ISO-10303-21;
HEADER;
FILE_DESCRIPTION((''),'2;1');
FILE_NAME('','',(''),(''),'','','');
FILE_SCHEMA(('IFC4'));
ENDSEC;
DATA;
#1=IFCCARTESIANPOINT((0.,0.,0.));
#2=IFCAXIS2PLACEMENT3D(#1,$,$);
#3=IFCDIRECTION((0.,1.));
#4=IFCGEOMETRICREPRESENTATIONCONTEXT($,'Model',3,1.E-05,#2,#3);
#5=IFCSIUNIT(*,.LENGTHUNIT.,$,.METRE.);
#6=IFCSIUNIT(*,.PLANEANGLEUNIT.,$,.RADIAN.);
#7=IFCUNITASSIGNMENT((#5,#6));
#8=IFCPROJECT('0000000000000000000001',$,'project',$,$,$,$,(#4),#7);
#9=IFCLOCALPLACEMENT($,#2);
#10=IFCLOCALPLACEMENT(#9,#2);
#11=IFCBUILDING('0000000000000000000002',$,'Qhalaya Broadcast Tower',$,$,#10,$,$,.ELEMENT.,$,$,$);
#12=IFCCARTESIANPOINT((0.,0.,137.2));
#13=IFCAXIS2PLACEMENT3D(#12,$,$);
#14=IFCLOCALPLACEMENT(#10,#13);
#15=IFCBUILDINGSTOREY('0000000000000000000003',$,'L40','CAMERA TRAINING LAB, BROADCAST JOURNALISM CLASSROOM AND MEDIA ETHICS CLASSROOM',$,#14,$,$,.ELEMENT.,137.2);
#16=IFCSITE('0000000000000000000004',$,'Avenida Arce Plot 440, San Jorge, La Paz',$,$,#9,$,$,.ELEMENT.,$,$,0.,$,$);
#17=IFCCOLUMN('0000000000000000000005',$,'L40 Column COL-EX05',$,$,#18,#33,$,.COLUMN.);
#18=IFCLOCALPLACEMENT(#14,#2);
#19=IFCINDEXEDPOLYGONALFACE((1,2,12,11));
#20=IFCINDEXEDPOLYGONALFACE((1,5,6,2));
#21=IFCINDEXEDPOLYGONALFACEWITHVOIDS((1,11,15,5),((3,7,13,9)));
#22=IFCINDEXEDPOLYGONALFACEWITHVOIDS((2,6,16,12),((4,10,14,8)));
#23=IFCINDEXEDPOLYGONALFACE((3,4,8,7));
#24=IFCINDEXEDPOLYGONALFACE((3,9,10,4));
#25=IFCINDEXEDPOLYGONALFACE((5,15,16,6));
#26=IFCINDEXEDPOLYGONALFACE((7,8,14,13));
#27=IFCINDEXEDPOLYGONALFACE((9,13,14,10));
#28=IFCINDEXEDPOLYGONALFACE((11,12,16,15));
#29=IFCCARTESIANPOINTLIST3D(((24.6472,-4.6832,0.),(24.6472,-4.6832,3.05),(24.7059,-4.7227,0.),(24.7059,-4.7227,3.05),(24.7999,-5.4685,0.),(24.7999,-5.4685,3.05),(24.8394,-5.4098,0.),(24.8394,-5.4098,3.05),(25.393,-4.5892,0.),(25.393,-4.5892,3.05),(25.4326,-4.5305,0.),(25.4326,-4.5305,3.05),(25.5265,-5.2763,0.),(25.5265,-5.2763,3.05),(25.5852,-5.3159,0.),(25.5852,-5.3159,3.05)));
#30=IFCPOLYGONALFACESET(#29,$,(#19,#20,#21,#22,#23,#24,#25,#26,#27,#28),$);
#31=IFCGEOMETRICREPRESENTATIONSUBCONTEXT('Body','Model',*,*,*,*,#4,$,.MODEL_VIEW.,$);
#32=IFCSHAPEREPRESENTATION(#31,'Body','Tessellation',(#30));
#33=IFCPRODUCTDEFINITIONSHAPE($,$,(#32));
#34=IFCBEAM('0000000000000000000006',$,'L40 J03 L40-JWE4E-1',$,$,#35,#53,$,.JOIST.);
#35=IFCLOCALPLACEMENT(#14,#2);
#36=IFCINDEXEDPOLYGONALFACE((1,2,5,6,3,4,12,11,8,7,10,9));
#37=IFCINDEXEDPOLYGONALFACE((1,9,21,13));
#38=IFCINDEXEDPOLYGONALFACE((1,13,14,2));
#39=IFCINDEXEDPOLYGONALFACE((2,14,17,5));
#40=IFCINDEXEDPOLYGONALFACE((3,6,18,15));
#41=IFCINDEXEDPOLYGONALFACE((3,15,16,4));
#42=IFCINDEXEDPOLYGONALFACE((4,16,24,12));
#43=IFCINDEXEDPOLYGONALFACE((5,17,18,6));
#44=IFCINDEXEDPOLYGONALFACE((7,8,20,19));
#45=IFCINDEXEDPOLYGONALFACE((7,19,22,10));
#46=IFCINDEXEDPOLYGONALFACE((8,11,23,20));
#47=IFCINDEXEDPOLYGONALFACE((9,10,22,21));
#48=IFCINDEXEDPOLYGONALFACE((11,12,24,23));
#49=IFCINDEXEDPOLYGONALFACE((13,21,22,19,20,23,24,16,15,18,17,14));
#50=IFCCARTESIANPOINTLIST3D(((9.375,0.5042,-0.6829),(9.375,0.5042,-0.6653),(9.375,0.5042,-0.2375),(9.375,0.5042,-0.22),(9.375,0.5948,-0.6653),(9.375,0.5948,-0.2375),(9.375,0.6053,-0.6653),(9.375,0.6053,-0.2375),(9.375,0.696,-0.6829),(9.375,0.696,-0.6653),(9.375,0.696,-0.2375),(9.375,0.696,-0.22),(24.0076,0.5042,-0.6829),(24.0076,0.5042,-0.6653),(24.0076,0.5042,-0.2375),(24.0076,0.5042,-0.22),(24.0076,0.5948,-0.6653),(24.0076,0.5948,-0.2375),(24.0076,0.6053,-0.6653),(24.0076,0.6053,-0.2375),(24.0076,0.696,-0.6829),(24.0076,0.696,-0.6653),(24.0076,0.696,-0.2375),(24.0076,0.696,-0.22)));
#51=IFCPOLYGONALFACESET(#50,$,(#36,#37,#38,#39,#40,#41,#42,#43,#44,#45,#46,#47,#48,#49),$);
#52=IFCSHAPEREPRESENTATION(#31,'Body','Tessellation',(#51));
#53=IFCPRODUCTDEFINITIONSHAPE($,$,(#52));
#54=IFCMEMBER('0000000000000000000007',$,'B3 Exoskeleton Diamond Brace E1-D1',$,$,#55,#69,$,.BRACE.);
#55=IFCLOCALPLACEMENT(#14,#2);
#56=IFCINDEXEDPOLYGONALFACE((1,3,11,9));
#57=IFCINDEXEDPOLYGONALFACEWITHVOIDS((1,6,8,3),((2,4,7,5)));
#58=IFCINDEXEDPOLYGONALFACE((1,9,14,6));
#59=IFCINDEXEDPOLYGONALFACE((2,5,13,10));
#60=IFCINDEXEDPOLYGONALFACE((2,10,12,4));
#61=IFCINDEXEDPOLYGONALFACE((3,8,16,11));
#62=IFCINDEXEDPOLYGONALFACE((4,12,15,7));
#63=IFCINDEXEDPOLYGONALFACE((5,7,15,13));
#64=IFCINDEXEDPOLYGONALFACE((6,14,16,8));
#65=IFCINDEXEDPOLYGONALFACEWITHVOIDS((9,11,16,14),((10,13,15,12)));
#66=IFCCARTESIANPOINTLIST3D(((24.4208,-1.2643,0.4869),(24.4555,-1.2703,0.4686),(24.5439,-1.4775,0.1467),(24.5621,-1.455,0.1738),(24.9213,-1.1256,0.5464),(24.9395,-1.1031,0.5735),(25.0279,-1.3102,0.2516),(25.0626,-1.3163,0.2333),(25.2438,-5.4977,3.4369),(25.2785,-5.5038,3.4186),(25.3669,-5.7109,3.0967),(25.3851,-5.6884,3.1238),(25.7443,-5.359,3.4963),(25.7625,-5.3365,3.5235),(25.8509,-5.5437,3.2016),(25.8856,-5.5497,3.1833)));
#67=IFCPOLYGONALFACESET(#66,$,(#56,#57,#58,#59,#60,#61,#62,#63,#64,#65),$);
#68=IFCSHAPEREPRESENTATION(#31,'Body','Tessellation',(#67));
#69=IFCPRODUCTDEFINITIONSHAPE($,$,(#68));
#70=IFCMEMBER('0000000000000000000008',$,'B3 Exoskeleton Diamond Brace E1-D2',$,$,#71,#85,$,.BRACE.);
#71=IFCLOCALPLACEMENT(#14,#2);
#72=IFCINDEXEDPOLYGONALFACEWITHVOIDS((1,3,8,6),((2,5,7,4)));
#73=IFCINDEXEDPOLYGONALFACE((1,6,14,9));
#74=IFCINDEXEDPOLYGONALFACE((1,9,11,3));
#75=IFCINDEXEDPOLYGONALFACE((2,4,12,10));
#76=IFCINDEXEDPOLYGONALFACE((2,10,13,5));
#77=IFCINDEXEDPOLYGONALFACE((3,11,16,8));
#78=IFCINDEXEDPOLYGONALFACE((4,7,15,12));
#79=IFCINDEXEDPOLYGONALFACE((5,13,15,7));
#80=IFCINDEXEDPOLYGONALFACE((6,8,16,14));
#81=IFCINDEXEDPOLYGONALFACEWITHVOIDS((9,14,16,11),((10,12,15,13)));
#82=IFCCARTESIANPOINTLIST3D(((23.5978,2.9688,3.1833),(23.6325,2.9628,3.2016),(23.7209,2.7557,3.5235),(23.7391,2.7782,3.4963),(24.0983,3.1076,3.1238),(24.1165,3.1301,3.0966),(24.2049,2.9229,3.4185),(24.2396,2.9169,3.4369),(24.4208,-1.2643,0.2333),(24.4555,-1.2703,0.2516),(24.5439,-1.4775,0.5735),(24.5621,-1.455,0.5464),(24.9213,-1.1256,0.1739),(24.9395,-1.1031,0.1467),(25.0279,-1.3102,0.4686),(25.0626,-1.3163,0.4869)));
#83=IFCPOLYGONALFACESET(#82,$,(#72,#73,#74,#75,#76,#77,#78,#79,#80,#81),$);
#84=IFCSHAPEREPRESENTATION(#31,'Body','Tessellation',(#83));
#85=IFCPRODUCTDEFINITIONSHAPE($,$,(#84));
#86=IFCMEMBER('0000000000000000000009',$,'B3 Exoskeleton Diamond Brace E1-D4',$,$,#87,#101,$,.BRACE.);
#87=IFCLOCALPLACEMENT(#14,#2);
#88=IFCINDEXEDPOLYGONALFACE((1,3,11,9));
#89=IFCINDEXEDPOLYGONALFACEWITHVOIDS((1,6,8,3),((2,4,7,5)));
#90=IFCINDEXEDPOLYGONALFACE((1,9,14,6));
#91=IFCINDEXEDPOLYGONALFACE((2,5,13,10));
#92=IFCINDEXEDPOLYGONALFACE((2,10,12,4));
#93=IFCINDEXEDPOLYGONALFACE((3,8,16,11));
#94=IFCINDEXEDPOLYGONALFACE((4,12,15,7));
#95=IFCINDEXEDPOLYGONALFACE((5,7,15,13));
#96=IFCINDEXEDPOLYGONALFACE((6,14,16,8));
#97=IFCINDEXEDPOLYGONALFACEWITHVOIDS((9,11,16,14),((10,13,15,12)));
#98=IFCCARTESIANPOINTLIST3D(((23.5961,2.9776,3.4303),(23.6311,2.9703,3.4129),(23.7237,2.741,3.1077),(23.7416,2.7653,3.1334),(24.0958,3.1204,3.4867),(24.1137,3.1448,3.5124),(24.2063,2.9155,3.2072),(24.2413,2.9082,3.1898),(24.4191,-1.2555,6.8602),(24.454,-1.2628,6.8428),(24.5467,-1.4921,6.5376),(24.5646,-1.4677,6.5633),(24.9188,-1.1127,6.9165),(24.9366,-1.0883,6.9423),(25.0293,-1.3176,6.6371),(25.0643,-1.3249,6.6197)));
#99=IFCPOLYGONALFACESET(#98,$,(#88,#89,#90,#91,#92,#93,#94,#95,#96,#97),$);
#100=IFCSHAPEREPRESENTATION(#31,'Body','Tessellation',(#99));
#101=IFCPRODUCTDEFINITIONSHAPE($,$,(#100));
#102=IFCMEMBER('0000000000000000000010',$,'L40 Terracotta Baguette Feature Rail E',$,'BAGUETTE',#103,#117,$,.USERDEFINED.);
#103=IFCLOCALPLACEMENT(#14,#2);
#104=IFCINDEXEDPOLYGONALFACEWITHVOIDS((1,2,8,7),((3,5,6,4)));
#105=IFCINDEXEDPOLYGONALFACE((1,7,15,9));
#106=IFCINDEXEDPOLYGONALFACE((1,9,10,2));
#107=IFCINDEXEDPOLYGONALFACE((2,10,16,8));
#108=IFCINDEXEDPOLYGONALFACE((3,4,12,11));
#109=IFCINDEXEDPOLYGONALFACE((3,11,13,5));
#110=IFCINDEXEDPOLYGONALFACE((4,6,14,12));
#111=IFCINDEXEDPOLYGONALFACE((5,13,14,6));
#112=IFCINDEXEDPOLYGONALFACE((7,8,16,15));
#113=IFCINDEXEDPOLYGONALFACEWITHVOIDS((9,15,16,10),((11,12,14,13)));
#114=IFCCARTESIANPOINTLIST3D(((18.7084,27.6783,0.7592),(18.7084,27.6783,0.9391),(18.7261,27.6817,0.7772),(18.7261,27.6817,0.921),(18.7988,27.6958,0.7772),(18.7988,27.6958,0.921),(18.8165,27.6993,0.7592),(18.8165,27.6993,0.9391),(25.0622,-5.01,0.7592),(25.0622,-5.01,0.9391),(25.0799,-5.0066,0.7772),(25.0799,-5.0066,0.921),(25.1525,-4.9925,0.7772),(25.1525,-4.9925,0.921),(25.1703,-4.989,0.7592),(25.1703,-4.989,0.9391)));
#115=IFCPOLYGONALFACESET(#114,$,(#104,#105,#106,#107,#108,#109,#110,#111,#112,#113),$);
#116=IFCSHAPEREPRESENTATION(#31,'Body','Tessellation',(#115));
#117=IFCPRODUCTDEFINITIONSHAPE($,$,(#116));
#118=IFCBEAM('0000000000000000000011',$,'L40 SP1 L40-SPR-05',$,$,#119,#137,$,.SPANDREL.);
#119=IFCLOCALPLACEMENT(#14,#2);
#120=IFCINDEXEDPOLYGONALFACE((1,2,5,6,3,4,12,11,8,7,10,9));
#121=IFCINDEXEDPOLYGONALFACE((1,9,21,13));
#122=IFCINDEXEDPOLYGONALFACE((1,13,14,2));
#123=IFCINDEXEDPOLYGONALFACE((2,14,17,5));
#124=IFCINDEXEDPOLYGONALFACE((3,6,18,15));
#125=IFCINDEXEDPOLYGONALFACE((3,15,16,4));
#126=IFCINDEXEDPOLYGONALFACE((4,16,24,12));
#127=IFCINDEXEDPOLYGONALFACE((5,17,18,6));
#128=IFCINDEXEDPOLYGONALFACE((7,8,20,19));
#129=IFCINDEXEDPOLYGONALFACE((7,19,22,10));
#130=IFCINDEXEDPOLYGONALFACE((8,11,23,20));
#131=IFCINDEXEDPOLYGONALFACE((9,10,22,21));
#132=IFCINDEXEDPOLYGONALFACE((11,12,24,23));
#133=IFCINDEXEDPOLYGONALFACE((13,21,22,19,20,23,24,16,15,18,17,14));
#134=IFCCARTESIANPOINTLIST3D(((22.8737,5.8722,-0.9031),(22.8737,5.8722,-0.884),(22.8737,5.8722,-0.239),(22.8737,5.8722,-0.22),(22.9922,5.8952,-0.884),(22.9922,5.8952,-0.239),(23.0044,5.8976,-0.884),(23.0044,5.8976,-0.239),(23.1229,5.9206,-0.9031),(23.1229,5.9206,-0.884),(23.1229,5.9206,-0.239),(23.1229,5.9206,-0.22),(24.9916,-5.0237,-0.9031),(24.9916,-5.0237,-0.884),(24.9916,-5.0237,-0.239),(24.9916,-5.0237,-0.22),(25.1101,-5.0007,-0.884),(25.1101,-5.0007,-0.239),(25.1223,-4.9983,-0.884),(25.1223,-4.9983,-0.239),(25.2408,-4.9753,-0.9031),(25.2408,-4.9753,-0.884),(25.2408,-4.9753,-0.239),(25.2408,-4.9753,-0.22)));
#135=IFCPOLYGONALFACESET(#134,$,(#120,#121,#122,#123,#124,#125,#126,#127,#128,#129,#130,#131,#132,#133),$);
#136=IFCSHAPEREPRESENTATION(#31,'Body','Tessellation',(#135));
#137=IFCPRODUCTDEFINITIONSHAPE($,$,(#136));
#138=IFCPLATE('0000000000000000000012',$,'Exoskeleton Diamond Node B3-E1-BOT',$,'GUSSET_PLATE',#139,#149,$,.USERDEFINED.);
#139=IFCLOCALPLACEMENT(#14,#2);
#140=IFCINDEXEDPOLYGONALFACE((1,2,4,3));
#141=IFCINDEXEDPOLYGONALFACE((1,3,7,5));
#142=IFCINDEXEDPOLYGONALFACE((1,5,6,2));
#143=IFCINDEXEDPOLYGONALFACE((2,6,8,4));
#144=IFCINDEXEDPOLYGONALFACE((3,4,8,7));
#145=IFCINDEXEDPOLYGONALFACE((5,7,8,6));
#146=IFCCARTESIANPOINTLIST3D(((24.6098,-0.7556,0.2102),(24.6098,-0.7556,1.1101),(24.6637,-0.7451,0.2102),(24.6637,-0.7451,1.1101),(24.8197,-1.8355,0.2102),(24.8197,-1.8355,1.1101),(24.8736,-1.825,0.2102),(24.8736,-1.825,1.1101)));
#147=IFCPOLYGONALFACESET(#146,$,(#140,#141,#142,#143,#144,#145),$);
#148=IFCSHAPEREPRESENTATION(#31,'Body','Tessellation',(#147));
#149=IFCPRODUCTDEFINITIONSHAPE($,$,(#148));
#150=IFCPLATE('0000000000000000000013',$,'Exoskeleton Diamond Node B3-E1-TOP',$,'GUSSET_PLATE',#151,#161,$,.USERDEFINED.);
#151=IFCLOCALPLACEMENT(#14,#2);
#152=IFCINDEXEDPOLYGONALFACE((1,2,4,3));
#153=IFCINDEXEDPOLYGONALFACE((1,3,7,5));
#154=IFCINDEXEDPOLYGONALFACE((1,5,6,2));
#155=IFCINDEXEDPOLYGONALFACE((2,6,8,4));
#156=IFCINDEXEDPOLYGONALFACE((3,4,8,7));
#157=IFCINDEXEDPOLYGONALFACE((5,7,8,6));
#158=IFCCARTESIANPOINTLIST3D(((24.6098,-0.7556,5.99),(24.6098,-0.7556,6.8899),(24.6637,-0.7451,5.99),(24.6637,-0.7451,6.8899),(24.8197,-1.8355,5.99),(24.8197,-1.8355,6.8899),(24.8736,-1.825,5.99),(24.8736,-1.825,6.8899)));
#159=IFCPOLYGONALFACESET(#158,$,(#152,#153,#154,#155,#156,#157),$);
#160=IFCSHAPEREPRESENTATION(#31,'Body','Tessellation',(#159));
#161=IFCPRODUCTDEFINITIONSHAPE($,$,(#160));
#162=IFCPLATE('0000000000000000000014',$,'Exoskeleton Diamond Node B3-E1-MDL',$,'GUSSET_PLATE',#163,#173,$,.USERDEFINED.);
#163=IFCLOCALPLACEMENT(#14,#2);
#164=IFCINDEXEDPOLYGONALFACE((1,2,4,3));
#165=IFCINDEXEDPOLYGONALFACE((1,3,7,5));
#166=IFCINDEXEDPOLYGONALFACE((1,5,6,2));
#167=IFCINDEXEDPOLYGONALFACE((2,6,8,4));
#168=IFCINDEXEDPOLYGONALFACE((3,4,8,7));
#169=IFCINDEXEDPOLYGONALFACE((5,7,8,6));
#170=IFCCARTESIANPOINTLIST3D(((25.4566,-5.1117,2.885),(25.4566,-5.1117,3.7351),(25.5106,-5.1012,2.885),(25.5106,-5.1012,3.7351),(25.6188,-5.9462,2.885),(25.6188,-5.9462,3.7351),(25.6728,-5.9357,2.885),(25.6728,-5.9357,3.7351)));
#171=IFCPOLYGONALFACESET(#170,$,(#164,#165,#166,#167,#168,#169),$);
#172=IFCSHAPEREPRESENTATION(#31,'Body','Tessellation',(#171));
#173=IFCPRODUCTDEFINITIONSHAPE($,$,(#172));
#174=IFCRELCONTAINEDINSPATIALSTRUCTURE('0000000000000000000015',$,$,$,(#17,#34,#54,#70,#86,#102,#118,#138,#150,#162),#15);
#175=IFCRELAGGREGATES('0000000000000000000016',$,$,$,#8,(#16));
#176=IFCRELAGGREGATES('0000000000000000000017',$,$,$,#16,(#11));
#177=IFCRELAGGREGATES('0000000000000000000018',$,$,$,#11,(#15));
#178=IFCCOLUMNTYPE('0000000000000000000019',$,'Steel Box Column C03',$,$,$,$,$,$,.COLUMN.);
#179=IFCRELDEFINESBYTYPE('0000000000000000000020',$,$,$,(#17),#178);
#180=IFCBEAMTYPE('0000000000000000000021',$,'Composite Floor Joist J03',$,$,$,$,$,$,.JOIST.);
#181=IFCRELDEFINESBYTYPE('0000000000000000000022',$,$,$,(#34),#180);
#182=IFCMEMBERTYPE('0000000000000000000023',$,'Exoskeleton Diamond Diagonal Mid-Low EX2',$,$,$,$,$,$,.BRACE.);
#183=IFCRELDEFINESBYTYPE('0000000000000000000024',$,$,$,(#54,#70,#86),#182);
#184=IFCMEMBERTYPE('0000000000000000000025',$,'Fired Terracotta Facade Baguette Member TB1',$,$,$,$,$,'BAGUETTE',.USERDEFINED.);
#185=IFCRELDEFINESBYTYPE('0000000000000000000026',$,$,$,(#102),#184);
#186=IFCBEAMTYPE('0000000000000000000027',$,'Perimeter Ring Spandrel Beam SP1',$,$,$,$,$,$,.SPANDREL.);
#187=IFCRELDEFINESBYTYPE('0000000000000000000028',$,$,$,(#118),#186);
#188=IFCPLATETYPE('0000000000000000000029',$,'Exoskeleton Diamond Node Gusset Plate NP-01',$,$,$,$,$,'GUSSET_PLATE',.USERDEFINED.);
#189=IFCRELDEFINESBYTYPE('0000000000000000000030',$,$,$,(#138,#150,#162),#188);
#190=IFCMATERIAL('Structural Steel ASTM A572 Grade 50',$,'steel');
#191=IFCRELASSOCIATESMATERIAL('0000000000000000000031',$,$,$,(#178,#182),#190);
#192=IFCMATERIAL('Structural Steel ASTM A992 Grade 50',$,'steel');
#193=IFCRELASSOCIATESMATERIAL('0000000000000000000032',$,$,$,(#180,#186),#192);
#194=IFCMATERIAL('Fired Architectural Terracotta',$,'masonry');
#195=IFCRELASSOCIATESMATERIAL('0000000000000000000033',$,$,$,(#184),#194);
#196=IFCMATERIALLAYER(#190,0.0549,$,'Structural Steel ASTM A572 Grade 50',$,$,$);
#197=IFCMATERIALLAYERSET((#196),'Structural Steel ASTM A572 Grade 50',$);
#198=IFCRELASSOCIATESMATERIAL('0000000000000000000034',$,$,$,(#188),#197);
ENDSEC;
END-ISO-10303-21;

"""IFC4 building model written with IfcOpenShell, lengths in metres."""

from ifc_helpers import new_model, si_unit, direction, frame, origin, origin_2d, place, context, subcontext, project, spatial, rectangle, hollow_rectangle, i_section, extrude, material, layer, layer_set, material_profile, profile_set, type_object, element, save


model = new_model("IFC4")

# Units and contexts
model_context = context("Model", 3, precision=1e-05, world=origin(), true_north=direction((0.0, 1.0)))
body_context = subcontext(model_context, "Body", "Model", "MODEL_VIEW")
ifc_project = project(units=[si_unit("LENGTHUNIT", "METRE"), si_unit("PLANEANGLEUNIT", "RADIAN")], contexts=[model_context])

# Site, building, storey
site_placement = place(None, origin())
site = spatial("IfcSite", under=ifc_project, at=site_placement, Name="Avenida Arce Plot 440, San Jorge, La Paz", CompositionType="ELEMENT", RefElevation=0.0)
building_placement = place(site_placement, origin())
building = spatial("IfcBuilding", under=site, at=building_placement, Name="Qhalaya Broadcast Tower", CompositionType="ELEMENT")
storey_placement = place(building_placement, frame((0.0, 0.0, 137.2)))
storey = spatial("IfcBuildingStorey", under=building, at=storey_placement, Name="L40", Description="CAMERA TRAINING LAB, BROADCAST JOURNALISM CLASSROOM AND MEDIA ETHICS CLASSROOM", CompositionType="ELEMENT", Elevation=137.2)

# Column
ifc_material_1 = material(Name="Structural Steel ASTM A572 Grade 50", Category="steel")
ifc_material_profile_1 = material_profile(ifc_material_1, hollow_rectangle(XDim=0.8, YDim=0.8, WallThickness=0.05, at=origin_2d()), Name="BOX 800x800x50")
ifc_profile_set_1 = profile_set([ifc_material_profile_1], Name="Structural Steel ASTM A572 Grade 50")
column_type = type_object("IfcColumnType", Name="Steel Box Column C03", PredefinedType="COLUMN", material=ifc_profile_set_1)
column_placement = place(storey_placement, frame((25.1162, -4.9995, 0.0), z_axis=(0.0, 0.0, 1.0), x_axis=(-0.190809, 0.981627, 0.0)))
element("IfcColumn", 1, at=column_placement, inside=storey, type_object=column_type, Name="L40 Column COL-EX05", PredefinedType="COLUMN", context=body_context, shape_type="SweptSolid", body=[
    extrude(hollow_rectangle(XDim=0.8, YDim=0.8, WallThickness=0.05, at=origin_2d()), origin(), (0.0, 0.0, 1.0), 3.05),
])

# Beam
ifc_material_2 = material(Name="Structural Steel ASTM A992 Grade 50", Category="steel")
ifc_material_profile_2 = material_profile(ifc_material_2, i_section(OverallWidth=0.1919, OverallDepth=0.4629, WebThickness=0.0105, FlangeThickness=0.0176, at=origin_2d()), Name="W18X60")
ifc_profile_set_2 = profile_set([ifc_material_profile_2], Name="Structural Steel ASTM A992 Grade 50")
beam_type_1 = type_object("IfcBeamType", Name="Composite Floor Joist J03", PredefinedType="JOIST", material=ifc_profile_set_2)
beam_1_placement = place(storey_placement, frame((9.375, 0.6001, -0.4514), z_axis=(1.0, 0.0, 0.0), x_axis=(0.0, 1.0, 0.0)))
element("IfcBeam", 2, at=beam_1_placement, inside=storey, type_object=beam_type_1, Name="L40 J03 L40-JWE4E-1", PredefinedType="JOIST", context=body_context, shape_type="SweptSolid", body=[
    extrude(i_section(OverallWidth=0.1919, OverallDepth=0.4629, WebThickness=0.0105, FlangeThickness=0.0176, at=origin_2d()), origin(), (0.0, 0.0, 1.0), 14.6326),
])

# Members
ifc_material_profile_3 = material_profile(ifc_material_1, hollow_rectangle(XDim=0.4199, YDim=0.55, WallThickness=0.0281, at=origin_2d()), Name="BOX 420x550x28")
ifc_profile_set_3 = profile_set([ifc_material_profile_3], Name="Structural Steel ASTM A572 Grade 50")
member_type_1 = type_object("IfcMemberType", Name="Exoskeleton Diamond Diagonal Mid-Low EX2", PredefinedType="BRACE", material=ifc_profile_set_3)
member_1_placement = place(storey_placement, frame((24.7417, -1.2903, 0.3601), z_axis=(0.15751, -0.810211, 0.564578), x_axis=(-0.293063, 0.507607, 0.810215)))
element("IfcMember", 3, at=member_1_placement, inside=storey, type_object=member_type_1, Name="B3 Exoskeleton Diamond Brace E1-D1", PredefinedType="BRACE", context=body_context, shape_type="SweptSolid", body=[
    extrude(hollow_rectangle(XDim=0.4199, YDim=0.55, WallThickness=0.0281, at=origin_2d()), origin(), (0.0, 0.0, 1.0), 5.2251),
])
member_2_placement = place(storey_placement, frame((24.7417, -1.2903, 0.3601), z_axis=(-0.157516, 0.810195, 0.564599), x_axis=(0.293073, -0.507625, 0.810201)))
element("IfcMember", 4, at=member_2_placement, inside=storey, type_object=member_type_1, Name="B3 Exoskeleton Diamond Brace E1-D2", PredefinedType="BRACE", context=body_context, shape_type="SweptSolid", body=[
    extrude(hollow_rectangle(XDim=0.4199, YDim=0.55, WallThickness=0.0281, at=origin_2d()), origin(), (0.0, 0.0, 1.0), 5.2249),
])
member_3_placement = place(storey_placement, frame((23.9187, 2.9429, 3.3101), z_axis=(0.149361, -0.768252, 0.622479), x_axis=(-0.303916, 0.563397, 0.768257)))
element("IfcMember", 5, at=member_3_placement, inside=storey, type_object=member_type_1, Name="B3 Exoskeleton Diamond Brace E1-D4", PredefinedType="BRACE", context=body_context, shape_type="SweptSolid", body=[
    extrude(hollow_rectangle(XDim=0.4199, YDim=0.55, WallThickness=0.0281, at=origin_2d()), origin(), (0.0, 0.0, 1.0), 5.51),
])
ifc_material_3 = material(Name="Fired Architectural Terracotta", Category="masonry")
ifc_material_profile_4 = material_profile(ifc_material_3, hollow_rectangle(XDim=0.1101, YDim=0.1799, WallThickness=0.0181, at=origin_2d()), Name="TB-BAG 110x180x18")
ifc_profile_set_4 = profile_set([ifc_material_profile_4], Name="Fired Architectural Terracotta")
member_type_2 = type_object("IfcMemberType", Name="Fired Terracotta Facade Baguette Member TB1", ElementType="BAGUETTE", PredefinedType="USERDEFINED", material=ifc_profile_set_4)
member_4_placement = place(storey_placement, frame((25.1162, -4.9995, 0.8491), z_axis=(-0.190804, 0.981628, 0.0), x_axis=(-0.981628, -0.190804, 0.0)))
element("IfcMember", 6, at=member_4_placement, inside=storey, type_object=member_type_2, Name="L40 Terracotta Baguette Feature Rail E", ObjectType="BAGUETTE", PredefinedType="USERDEFINED", context=body_context, shape_type="SweptSolid", body=[
    extrude(hollow_rectangle(XDim=0.1101, YDim=0.1799, WallThickness=0.0181, at=origin_2d()), origin(), (0.0, 0.0, 1.0), 33.3),
])

# Beam
ifc_material_profile_5 = material_profile(ifc_material_2, i_section(OverallWidth=0.2539, OverallDepth=0.6831, WebThickness=0.0125, FlangeThickness=0.019, at=origin_2d()), Name="W27X94")
ifc_profile_set_5 = profile_set([ifc_material_profile_5], Name="Structural Steel ASTM A992 Grade 50")
beam_type_2 = type_object("IfcBeamType", Name="Perimeter Ring Spandrel Beam SP1", PredefinedType="SPANDREL", material=ifc_profile_set_5)
beam_2_placement = place(storey_placement, frame((25.1162, -4.9995, -0.5615), z_axis=(-0.190805, 0.981628, 0.0), x_axis=(-0.981628, -0.190805, 0.0)))
element("IfcBeam", 7, at=beam_2_placement, inside=storey, type_object=beam_type_2, Name="L40 SP1 L40-SPR-05", PredefinedType="SPANDREL", context=body_context, shape_type="SweptSolid", body=[
    extrude(i_section(OverallWidth=0.2539, OverallDepth=0.6831, WebThickness=0.0125, FlangeThickness=0.019, at=origin_2d()), origin(), (0.0, 0.0, 1.0), 11.0999),
])

# Plates
ifc_layer_1 = layer(ifc_material_1, 0.0549, Name="Structural Steel ASTM A572 Grade 50")
ifc_layer_set_1 = layer_set([ifc_layer_1], Name="Structural Steel ASTM A572 Grade 50")
plate_type_1 = type_object("IfcPlateType", Name="Exoskeleton Diamond Node Gusset Plate NP-01", ElementType="GUSSET_PLATE", PredefinedType="USERDEFINED", material=ifc_layer_set_1)
for number, where, z_axis, x_axis, name in (
    (8, (24.7417, -1.2903, 0.2102), (0.0, 0.0, 1.0), (-0.190809, 0.981627, 0.0), "Exoskeleton Diamond Node B3-E1-BOT"),
    (9, (24.7417, -1.2903, 5.99), (0.0, 0.0, 1.0), (-0.190809, 0.981627, 0.0), "Exoskeleton Diamond Node B3-E1-TOP"),
):
    element("IfcPlate", number, at=place(storey_placement, frame(where, z_axis=z_axis, x_axis=x_axis)), inside=storey, type_object=plate_type_1, Name=name, ObjectType="GUSSET_PLATE", PredefinedType="USERDEFINED", context=body_context, shape_type="SweptSolid", body=[
        extrude(rectangle(XDim=1.1001, YDim=0.0549, at=origin_2d()), origin(), (0.0, 0.0, 1.0), 0.8999),
    ])
plate_1_placement = place(storey_placement, frame((25.5647, -5.5237, 2.885), z_axis=(0.0, 0.0, 1.0), x_axis=(-0.190809, 0.981627, 0.0)))
element("IfcPlate", 10, at=plate_1_placement, inside=storey, type_object=plate_type_1, Name="Exoskeleton Diamond Node B3-E1-MDL", ObjectType="GUSSET_PLATE", PredefinedType="USERDEFINED", context=body_context, shape_type="SweptSolid", body=[
    extrude(rectangle(XDim=0.8501, YDim=0.0549, at=origin_2d()), origin(), (0.0, 0.0, 1.0), 0.8501),
])

save(model, "model.ifc")
